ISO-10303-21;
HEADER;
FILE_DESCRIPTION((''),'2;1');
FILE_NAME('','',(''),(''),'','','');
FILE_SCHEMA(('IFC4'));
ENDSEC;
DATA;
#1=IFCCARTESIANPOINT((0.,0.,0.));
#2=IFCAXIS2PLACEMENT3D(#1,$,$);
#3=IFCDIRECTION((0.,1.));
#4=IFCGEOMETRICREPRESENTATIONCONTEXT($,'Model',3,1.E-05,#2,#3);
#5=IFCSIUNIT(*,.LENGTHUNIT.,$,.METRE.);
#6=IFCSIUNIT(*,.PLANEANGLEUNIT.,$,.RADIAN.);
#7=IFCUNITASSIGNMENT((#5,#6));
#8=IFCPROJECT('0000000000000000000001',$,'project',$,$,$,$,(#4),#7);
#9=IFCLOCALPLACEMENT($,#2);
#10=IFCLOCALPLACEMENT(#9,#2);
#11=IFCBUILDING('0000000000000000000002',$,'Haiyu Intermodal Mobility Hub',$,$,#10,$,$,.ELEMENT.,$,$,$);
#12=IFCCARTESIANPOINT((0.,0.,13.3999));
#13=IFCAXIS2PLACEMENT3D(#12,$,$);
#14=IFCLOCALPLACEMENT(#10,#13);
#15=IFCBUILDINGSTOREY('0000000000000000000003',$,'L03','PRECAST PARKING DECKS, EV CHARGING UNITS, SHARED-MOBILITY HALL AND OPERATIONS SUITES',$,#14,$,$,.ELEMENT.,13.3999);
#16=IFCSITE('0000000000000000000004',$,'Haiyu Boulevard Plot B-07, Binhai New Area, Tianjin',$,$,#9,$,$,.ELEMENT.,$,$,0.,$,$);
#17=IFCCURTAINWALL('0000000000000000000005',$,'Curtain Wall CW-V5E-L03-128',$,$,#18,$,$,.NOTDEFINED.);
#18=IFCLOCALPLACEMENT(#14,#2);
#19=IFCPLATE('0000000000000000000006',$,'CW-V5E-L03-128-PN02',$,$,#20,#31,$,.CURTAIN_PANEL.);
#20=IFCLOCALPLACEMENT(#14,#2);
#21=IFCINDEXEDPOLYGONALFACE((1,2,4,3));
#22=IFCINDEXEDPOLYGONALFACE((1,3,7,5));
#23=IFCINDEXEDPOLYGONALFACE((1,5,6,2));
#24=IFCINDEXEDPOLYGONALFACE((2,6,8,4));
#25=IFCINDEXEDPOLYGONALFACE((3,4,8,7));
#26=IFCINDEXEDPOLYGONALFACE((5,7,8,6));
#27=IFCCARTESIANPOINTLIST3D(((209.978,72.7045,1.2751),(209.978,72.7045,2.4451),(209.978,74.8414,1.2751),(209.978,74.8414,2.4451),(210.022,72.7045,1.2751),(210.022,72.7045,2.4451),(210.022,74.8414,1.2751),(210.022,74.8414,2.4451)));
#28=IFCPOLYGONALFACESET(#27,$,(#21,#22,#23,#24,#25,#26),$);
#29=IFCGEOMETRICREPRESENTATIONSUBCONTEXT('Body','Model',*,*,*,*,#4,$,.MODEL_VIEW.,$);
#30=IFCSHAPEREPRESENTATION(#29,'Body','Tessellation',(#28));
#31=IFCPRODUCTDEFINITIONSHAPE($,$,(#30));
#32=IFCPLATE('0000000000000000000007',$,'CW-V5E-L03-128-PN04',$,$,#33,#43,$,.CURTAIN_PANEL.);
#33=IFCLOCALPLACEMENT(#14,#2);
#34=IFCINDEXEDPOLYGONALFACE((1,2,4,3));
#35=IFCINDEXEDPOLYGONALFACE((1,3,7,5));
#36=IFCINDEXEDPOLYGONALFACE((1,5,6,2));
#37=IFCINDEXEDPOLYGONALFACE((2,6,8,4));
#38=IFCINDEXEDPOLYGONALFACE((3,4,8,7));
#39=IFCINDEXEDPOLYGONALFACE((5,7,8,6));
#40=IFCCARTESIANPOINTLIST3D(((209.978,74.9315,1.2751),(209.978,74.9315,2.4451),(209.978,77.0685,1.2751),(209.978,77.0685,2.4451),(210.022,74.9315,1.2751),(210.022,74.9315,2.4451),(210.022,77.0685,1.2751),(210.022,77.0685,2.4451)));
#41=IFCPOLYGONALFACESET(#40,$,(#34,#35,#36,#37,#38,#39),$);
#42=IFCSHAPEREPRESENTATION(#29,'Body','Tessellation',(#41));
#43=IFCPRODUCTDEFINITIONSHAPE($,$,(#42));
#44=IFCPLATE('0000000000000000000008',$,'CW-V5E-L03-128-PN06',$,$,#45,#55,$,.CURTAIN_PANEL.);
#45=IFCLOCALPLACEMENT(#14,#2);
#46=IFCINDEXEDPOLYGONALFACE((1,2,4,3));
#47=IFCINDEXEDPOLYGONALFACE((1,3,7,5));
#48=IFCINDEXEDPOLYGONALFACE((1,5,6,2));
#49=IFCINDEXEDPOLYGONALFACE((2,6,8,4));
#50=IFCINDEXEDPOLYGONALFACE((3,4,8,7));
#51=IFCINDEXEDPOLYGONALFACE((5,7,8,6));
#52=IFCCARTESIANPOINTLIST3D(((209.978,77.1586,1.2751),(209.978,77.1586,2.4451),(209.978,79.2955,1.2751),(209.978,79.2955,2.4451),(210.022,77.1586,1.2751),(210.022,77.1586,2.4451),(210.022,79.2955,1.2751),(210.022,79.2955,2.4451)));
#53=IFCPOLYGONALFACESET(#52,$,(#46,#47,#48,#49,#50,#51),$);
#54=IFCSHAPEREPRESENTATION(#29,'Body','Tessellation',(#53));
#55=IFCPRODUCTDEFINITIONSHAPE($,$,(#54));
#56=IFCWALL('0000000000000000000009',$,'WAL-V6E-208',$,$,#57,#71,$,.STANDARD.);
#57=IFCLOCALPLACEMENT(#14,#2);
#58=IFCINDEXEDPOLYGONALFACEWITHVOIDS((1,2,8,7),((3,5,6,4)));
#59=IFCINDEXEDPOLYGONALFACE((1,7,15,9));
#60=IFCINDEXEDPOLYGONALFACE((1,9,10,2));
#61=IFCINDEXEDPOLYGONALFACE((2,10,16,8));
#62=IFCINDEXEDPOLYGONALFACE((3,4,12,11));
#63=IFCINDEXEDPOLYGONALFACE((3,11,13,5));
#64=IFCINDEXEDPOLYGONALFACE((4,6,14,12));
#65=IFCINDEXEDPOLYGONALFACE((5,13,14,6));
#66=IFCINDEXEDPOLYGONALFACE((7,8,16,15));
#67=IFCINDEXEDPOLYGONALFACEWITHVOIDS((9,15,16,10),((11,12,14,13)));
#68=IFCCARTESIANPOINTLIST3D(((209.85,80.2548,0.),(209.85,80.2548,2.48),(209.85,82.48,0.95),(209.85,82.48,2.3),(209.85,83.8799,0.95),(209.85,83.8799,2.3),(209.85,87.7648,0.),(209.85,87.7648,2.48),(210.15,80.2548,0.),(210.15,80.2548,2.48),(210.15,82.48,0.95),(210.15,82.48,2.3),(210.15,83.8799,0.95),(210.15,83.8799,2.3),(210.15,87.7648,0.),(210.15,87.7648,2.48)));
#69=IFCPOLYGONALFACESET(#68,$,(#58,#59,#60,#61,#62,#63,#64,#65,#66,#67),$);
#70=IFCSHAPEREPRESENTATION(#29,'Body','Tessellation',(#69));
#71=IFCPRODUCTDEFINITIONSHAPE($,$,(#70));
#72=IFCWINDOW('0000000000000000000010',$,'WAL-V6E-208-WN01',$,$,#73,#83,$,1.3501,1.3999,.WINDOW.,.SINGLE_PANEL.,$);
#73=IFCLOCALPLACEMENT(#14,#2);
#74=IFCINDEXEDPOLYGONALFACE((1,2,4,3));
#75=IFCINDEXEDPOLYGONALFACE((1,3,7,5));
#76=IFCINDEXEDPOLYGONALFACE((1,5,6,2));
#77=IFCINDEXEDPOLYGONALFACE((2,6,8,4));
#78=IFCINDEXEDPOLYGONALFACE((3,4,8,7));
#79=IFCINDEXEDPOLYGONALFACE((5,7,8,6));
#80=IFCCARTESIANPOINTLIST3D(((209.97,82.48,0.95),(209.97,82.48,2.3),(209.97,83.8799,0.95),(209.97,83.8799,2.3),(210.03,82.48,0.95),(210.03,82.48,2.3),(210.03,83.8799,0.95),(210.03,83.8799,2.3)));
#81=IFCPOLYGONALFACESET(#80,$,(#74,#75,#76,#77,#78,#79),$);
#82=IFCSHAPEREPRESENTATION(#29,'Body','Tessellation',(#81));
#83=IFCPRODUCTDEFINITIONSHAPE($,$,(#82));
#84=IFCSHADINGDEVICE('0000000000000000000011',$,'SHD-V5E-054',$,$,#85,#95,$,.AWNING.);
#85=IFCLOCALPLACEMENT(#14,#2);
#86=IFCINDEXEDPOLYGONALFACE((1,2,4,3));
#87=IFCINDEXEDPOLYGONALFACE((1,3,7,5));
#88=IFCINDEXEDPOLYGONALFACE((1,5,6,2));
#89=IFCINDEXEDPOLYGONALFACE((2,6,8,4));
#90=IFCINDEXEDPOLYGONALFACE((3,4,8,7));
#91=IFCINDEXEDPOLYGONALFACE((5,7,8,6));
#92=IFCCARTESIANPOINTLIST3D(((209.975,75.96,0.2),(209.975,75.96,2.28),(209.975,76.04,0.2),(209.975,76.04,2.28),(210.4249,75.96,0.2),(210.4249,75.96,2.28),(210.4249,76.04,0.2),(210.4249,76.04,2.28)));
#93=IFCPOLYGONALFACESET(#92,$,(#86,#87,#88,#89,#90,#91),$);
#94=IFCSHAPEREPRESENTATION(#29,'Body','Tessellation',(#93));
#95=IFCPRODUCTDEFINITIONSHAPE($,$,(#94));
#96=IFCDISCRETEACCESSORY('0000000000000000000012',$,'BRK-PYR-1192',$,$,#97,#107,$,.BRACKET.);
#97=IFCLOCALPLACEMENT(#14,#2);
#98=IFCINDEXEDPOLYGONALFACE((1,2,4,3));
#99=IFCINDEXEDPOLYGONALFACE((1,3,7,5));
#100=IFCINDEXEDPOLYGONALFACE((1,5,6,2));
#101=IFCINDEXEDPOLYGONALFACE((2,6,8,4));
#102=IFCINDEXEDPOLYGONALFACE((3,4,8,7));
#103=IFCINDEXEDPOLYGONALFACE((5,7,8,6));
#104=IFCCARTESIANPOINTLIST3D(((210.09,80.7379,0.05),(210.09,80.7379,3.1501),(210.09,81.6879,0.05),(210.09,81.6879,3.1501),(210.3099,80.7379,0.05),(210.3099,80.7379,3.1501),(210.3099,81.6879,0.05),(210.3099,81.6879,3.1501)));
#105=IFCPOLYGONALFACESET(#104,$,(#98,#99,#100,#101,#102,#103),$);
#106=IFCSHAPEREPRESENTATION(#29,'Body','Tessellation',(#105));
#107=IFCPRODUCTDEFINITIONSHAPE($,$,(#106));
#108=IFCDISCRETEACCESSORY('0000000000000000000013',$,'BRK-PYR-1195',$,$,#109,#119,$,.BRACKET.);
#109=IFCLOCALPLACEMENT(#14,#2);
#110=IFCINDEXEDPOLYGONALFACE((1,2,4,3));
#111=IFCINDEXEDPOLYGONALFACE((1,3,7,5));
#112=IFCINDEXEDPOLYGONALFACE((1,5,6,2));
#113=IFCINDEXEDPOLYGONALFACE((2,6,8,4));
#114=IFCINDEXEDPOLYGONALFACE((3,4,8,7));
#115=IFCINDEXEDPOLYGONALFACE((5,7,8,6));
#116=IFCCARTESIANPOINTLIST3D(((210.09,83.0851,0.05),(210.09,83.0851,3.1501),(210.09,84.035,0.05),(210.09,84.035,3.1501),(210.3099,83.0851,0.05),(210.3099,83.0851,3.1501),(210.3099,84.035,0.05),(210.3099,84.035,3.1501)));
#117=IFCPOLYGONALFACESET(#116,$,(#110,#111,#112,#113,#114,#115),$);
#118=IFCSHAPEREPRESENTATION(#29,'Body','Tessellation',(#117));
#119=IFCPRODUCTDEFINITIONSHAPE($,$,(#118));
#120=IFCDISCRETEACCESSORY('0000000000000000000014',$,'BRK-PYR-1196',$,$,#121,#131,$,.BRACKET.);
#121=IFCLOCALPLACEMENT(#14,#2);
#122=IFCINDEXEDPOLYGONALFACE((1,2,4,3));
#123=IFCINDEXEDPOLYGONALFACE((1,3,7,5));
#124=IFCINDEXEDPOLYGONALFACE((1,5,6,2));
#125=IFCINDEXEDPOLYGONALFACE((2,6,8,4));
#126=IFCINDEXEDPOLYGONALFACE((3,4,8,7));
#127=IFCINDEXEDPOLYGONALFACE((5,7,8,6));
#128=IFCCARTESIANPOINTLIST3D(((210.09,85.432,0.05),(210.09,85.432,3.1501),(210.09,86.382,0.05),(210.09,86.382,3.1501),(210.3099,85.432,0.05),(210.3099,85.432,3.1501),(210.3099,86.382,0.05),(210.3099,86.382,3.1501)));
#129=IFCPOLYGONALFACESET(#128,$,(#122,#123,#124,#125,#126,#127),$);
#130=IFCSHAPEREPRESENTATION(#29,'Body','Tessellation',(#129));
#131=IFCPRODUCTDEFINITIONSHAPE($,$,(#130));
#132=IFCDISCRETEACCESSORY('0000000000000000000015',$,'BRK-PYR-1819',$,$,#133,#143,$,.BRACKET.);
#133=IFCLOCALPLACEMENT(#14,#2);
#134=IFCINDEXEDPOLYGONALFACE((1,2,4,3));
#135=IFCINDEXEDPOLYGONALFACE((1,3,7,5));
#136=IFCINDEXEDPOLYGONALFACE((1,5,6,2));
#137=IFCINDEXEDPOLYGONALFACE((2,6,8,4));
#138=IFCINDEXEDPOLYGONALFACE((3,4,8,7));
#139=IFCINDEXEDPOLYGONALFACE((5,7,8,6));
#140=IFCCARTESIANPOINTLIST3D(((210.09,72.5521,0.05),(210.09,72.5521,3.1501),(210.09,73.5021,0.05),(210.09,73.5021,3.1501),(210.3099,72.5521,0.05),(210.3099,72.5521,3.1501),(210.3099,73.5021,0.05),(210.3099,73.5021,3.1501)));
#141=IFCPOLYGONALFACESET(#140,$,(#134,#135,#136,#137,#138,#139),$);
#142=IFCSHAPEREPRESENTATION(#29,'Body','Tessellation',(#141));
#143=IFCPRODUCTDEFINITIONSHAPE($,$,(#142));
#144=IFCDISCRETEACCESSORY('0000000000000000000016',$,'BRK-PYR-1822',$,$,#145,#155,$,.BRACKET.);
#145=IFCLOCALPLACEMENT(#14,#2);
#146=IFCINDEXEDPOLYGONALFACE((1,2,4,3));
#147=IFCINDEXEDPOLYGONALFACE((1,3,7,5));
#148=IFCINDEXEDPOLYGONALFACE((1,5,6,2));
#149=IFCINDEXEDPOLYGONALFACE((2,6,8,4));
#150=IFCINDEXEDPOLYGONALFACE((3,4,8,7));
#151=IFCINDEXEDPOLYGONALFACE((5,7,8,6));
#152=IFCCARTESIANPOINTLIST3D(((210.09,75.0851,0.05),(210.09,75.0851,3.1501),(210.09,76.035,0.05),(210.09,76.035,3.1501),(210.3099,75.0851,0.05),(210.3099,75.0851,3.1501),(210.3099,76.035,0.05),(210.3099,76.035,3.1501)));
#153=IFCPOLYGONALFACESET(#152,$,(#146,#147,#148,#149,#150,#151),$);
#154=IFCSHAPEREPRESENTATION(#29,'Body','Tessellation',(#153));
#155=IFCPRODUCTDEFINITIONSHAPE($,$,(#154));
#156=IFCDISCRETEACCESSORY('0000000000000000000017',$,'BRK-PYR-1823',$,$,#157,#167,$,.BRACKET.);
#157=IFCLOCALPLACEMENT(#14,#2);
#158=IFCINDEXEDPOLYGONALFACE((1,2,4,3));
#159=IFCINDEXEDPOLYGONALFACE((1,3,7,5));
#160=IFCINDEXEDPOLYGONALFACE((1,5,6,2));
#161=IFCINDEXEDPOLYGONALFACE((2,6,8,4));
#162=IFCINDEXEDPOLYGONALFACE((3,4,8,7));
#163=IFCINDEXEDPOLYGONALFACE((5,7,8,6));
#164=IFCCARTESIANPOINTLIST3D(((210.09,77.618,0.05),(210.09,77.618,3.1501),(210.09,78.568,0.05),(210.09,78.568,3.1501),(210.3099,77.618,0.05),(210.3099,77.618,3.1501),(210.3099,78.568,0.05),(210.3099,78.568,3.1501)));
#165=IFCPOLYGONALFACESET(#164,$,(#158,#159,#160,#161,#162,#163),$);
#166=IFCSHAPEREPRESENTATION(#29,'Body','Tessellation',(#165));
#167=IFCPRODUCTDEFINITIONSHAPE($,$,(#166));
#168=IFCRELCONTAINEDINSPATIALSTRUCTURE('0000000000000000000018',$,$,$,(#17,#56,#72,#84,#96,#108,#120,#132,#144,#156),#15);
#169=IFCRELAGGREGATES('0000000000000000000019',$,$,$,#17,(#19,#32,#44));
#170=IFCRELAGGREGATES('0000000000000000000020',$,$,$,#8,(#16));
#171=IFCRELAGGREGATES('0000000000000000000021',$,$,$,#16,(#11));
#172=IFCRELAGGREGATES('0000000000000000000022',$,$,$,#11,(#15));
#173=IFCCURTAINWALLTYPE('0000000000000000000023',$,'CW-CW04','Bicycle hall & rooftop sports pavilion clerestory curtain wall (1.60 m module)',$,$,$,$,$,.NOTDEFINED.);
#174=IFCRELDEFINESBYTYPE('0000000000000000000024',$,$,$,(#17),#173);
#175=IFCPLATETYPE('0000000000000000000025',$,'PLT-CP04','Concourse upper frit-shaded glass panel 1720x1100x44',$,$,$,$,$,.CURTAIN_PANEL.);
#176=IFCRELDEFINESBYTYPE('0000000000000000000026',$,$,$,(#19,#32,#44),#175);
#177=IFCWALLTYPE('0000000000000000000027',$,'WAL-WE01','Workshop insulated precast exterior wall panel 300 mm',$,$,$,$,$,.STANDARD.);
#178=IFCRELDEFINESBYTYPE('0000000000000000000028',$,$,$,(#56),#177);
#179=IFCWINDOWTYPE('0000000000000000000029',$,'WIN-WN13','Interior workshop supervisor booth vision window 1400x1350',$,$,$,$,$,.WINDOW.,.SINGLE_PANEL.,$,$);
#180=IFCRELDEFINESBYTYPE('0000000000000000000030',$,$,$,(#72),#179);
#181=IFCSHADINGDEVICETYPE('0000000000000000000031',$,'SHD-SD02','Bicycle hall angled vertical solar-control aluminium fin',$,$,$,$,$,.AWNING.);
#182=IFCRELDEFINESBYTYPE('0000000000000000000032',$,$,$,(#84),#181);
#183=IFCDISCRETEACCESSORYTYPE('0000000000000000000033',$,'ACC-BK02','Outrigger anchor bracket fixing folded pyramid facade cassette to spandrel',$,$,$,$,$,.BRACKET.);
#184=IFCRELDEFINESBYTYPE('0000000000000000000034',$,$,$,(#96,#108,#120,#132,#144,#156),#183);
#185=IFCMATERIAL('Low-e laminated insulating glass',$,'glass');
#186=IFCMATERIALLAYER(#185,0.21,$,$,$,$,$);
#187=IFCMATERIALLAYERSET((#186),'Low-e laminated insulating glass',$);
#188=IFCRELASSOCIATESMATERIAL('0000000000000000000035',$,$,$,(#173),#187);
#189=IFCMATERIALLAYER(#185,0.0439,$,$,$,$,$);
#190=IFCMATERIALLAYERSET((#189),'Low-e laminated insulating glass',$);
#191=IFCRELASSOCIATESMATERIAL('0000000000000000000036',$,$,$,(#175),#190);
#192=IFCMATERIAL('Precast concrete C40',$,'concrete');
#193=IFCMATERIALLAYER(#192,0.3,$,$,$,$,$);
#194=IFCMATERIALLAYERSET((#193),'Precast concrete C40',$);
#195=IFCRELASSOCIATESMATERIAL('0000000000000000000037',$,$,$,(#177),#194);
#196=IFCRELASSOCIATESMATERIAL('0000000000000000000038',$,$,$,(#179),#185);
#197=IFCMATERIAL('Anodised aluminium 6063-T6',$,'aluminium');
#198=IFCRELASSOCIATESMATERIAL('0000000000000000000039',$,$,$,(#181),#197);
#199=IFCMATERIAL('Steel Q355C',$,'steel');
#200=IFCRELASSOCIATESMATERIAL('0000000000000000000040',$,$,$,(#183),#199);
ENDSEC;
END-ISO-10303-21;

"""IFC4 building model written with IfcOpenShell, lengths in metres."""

from ifc_helpers import new_model, si_unit, direction, frame, frame_2d, origin, origin_2d, place, context, subcontext, project, spatial, rectangle, extrude, material, layer, layer_set, material_profile, profile_set, type_object, element, fill, aggregate, save


model = new_model("IFC4")

# Units and contexts
model_context = context("Model", 3, precision=1e-05, world=origin(), true_north=direction((0.0, 1.0)))
body_context = subcontext(model_context, "Body", "Model", "MODEL_VIEW")
ifc_project = project(units=[si_unit("LENGTHUNIT", "METRE"), si_unit("PLANEANGLEUNIT", "RADIAN")], contexts=[model_context])

# Site, building, storey
site_placement = place(None, origin())
site = spatial("IfcSite", under=ifc_project, at=site_placement, Name="Haiyu Boulevard Plot B-07, Binhai New Area, Tianjin", CompositionType="ELEMENT", RefElevation=0.0)
building_placement = place(site_placement, origin())
building = spatial("IfcBuilding", under=site, at=building_placement, Name="Haiyu Intermodal Mobility Hub", CompositionType="ELEMENT")
storey_placement = place(building_placement, frame((0.0, 0.0, 13.3999)))
storey = spatial("IfcBuildingStorey", under=building, at=storey_placement, Name="L03", Description="PRECAST PARKING DECKS, EV CHARGING UNITS, SHARED-MOBILITY HALL AND OPERATIONS SUITES", CompositionType="ELEMENT", Elevation=13.3999)

# Curtain wall, plates
ifc_material_1 = material(Name="Low-e laminated insulating glass", Category="glass")
ifc_layer_1 = layer(ifc_material_1, 0.21)
ifc_layer_set_1 = layer_set([ifc_layer_1], Name="Low-e laminated insulating glass")
curtain_wall_type = type_object("IfcCurtainWallType", Name="CW-CW04", Description="Bicycle hall & rooftop sports pavilion clerestory curtain wall (1.60 m module)", PredefinedType="NOTDEFINED", material=ifc_layer_set_1)
curtain_wall_placement = place(storey_placement, origin())
curtain_wall = element("IfcCurtainWall", 1, at=curtain_wall_placement, inside=storey, type_object=curtain_wall_type, Name="Curtain Wall CW-V5E-L03-128", PredefinedType="NOTDEFINED")
ifc_material_2 = material(Name="Anodised aluminium 6063-T6", Category="aluminium")
ifc_layer_2 = layer(ifc_material_1, 0.0439)
ifc_layer_set_2 = layer_set([ifc_layer_2], Name="Low-e laminated insulating glass")
plate_type_1 = type_object("IfcPlateType", Name="PLT-CP04", Description="Concourse upper frit-shaded glass panel 1720x1100x44", PredefinedType="CURTAIN_PANEL", material=ifc_layer_set_2)
plate_1_placement = place(storey_placement, frame((210.0, 73.7729, 1.2751), z_axis=(0.0, 0.0, 1.0), x_axis=(0.0, 1.0, 0.0)))
plate_1 = element("IfcPlate", 2, at=plate_1_placement, type_object=plate_type_1, Name="CW-V5E-L03-128-PN02", PredefinedType="CURTAIN_PANEL", context=body_context, shape_type="SweptSolid", body=[
    extrude(rectangle(XDim=2.137, YDim=0.0439, at=origin_2d()), origin(), (0.0, 0.0, 1.0), 1.1699),
])
plate_2_placement = place(storey_placement, frame((210.0, 76.0, 1.2751), z_axis=(0.0, 0.0, 1.0), x_axis=(0.0, 1.0, 0.0)))
plate_2 = element("IfcPlate", 3, at=plate_2_placement, type_object=plate_type_1, Name="CW-V5E-L03-128-PN04", PredefinedType="CURTAIN_PANEL", context=body_context, shape_type="SweptSolid", body=[
    extrude(rectangle(XDim=2.137, YDim=0.0439, at=origin_2d()), origin(), (0.0, 0.0, 1.0), 1.1699),
])
plate_3_placement = place(storey_placement, frame((210.0, 78.2271, 1.2751), z_axis=(0.0, 0.0, 1.0), x_axis=(0.0, 1.0, 0.0)))
plate_3 = element("IfcPlate", 4, at=plate_3_placement, type_object=plate_type_1, Name="CW-V5E-L03-128-PN06", PredefinedType="CURTAIN_PANEL", context=body_context, shape_type="SweptSolid", body=[
    extrude(rectangle(XDim=2.137, YDim=0.0439, at=origin_2d()), origin(), (0.0, 0.0, 1.0), 1.1699),
])
aggregate(curtain_wall, [plate_1, plate_2, plate_3])

# Wall, opening, window
ifc_material_3 = material(Name="Precast concrete C40", Category="concrete")
ifc_layer_3 = layer(ifc_material_3, 0.3)
ifc_layer_set_3 = layer_set([ifc_layer_3], Name="Precast concrete C40")
wall_type = type_object("IfcWallType", Name="WAL-WE01", Description="Workshop insulated precast exterior wall panel 300 mm", PredefinedType="STANDARD", material=ifc_layer_set_3)
wall_placement = place(storey_placement, frame((210.0, 80.2549, 0.0), z_axis=(0.0, 0.0, 1.0), x_axis=(0.0, 1.0, 0.0)))
wall = element("IfcWall", 5, at=wall_placement, inside=storey, type_object=wall_type, Name="WAL-V6E-208", PredefinedType="STANDARD", context=body_context, shape_type="SweptSolid", body=[
    extrude(rectangle(XDim=7.51, YDim=0.3, at=frame_2d((3.7549, 0.0))), origin(), (0.0, 0.0, 1.0), 2.48),
])
opening_placement = place(wall_placement, frame((2.2251, 0.0, 0.95)))
opening = element("IfcOpeningElement", 6, at=opening_placement, cuts=wall, PredefinedType="OPENING", context=body_context, shape_type="SweptSolid", body=[
    extrude(rectangle(XDim=1.3999, YDim=1.3501, at=frame_2d((0.7, 0.675))), frame((0.0, 0.1602, 0.0), z_axis=(0.0, -1.0, 0.0), x_axis=(1.0, 0.0, 0.0)), (0.0, 0.0, 1.0), 0.3201),
])
window_type = type_object("IfcWindowType", Name="WIN-WN13", Description="Interior workshop supervisor booth vision window 1400x1350", PartitioningType="SINGLE_PANEL", PredefinedType="WINDOW", material=ifc_material_1)
window_placement = place(opening_placement, origin())
window = element("IfcWindow", 7, at=window_placement, inside=storey, type_object=window_type, Name="WAL-V6E-208-WN01", OverallHeight=1.3501, OverallWidth=1.3999, PartitioningType="SINGLE_PANEL", PredefinedType="WINDOW", context=body_context, shape_type="SweptSolid", body=[
    extrude(rectangle(XDim=1.3999, YDim=1.3501, at=frame_2d((0.7, 0.675))), frame((0.0, 0.03, 0.0), z_axis=(0.0, -1.0, 0.0), x_axis=(1.0, 0.0, 0.0)), (0.0, 0.0, 1.0), 0.0601),
])
fill(opening, window)

# Shading device
ifc_material_profile_1 = material_profile(ifc_material_2, rectangle(XDim=0.0701, YDim=0.55, at=origin_2d()), Name="FIN70x550")
ifc_profile_set_1 = profile_set([ifc_material_profile_1], Name="Anodised aluminium 6063-T6")
shading_device_type = type_object("IfcShadingDeviceType", Name="SHD-SD02", Description="Bicycle hall angled vertical solar-control aluminium fin", PredefinedType="AWNING", material=ifc_profile_set_1)
shading_device_placement = place(storey_placement, frame((210.2, 76.0, 0.2), z_axis=(0.0, 0.0, 1.0), x_axis=(1.0, 0.0, 0.0)))
element("IfcShadingDevice", 8, at=shading_device_placement, inside=storey, type_object=shading_device_type, Name="SHD-V5E-054", PredefinedType="AWNING", context=body_context, shape_type="SweptSolid", body=[
    extrude(rectangle(XDim=0.45, YDim=0.0801, at=origin_2d()), origin(), (0.0, 0.0, 1.0), 2.0801),
])

# Discrete accessories
ifc_material_4 = material(Name="Steel Q355C", Category="steel")
discrete_accessory_type = type_object("IfcDiscreteAccessoryType", Name="ACC-BK02", Description="Outrigger anchor bracket fixing folded pyramid facade cassette to spandrel", PredefinedType="BRACKET", material=ifc_material_4)
for number, where, z_axis, x_axis, name in (
    (9, (210.2, 81.2129, 0.05), (0.0, 0.0, 1.0), (1.0, 0.0, 0.0), "BRK-PYR-1192"),
    (10, (210.2, 83.5601, 0.05), (0.0, 0.0, 1.0), (1.0, 0.0, 0.0), "BRK-PYR-1195"),
    (11, (210.2, 85.907, 0.05), (0.0, 0.0, 1.0), (1.0, 0.0, 0.0), "BRK-PYR-1196"),
    (12, (210.2, 73.0271, 0.05), (0.0, 0.0, 1.0), (1.0, 0.0, 0.0), "BRK-PYR-1819"),
    (13, (210.2, 75.5601, 0.05), (0.0, 0.0, 1.0), (1.0, 0.0, 0.0), "BRK-PYR-1822"),
    (14, (210.2, 78.093, 0.05), (0.0, 0.0, 1.0), (1.0, 0.0, 0.0), "BRK-PYR-1823"),
):
    element("IfcDiscreteAccessory", number, at=place(storey_placement, frame(where, z_axis=z_axis, x_axis=x_axis)), inside=storey, type_object=discrete_accessory_type, Name=name, PredefinedType="BRACKET", context=body_context, shape_type="SweptSolid", body=[
        extrude(rectangle(XDim=0.22, YDim=0.95, at=origin_2d()), origin(), (0.0, 0.0, 1.0), 3.1001),
    ])

save(model, "model.ifc")
